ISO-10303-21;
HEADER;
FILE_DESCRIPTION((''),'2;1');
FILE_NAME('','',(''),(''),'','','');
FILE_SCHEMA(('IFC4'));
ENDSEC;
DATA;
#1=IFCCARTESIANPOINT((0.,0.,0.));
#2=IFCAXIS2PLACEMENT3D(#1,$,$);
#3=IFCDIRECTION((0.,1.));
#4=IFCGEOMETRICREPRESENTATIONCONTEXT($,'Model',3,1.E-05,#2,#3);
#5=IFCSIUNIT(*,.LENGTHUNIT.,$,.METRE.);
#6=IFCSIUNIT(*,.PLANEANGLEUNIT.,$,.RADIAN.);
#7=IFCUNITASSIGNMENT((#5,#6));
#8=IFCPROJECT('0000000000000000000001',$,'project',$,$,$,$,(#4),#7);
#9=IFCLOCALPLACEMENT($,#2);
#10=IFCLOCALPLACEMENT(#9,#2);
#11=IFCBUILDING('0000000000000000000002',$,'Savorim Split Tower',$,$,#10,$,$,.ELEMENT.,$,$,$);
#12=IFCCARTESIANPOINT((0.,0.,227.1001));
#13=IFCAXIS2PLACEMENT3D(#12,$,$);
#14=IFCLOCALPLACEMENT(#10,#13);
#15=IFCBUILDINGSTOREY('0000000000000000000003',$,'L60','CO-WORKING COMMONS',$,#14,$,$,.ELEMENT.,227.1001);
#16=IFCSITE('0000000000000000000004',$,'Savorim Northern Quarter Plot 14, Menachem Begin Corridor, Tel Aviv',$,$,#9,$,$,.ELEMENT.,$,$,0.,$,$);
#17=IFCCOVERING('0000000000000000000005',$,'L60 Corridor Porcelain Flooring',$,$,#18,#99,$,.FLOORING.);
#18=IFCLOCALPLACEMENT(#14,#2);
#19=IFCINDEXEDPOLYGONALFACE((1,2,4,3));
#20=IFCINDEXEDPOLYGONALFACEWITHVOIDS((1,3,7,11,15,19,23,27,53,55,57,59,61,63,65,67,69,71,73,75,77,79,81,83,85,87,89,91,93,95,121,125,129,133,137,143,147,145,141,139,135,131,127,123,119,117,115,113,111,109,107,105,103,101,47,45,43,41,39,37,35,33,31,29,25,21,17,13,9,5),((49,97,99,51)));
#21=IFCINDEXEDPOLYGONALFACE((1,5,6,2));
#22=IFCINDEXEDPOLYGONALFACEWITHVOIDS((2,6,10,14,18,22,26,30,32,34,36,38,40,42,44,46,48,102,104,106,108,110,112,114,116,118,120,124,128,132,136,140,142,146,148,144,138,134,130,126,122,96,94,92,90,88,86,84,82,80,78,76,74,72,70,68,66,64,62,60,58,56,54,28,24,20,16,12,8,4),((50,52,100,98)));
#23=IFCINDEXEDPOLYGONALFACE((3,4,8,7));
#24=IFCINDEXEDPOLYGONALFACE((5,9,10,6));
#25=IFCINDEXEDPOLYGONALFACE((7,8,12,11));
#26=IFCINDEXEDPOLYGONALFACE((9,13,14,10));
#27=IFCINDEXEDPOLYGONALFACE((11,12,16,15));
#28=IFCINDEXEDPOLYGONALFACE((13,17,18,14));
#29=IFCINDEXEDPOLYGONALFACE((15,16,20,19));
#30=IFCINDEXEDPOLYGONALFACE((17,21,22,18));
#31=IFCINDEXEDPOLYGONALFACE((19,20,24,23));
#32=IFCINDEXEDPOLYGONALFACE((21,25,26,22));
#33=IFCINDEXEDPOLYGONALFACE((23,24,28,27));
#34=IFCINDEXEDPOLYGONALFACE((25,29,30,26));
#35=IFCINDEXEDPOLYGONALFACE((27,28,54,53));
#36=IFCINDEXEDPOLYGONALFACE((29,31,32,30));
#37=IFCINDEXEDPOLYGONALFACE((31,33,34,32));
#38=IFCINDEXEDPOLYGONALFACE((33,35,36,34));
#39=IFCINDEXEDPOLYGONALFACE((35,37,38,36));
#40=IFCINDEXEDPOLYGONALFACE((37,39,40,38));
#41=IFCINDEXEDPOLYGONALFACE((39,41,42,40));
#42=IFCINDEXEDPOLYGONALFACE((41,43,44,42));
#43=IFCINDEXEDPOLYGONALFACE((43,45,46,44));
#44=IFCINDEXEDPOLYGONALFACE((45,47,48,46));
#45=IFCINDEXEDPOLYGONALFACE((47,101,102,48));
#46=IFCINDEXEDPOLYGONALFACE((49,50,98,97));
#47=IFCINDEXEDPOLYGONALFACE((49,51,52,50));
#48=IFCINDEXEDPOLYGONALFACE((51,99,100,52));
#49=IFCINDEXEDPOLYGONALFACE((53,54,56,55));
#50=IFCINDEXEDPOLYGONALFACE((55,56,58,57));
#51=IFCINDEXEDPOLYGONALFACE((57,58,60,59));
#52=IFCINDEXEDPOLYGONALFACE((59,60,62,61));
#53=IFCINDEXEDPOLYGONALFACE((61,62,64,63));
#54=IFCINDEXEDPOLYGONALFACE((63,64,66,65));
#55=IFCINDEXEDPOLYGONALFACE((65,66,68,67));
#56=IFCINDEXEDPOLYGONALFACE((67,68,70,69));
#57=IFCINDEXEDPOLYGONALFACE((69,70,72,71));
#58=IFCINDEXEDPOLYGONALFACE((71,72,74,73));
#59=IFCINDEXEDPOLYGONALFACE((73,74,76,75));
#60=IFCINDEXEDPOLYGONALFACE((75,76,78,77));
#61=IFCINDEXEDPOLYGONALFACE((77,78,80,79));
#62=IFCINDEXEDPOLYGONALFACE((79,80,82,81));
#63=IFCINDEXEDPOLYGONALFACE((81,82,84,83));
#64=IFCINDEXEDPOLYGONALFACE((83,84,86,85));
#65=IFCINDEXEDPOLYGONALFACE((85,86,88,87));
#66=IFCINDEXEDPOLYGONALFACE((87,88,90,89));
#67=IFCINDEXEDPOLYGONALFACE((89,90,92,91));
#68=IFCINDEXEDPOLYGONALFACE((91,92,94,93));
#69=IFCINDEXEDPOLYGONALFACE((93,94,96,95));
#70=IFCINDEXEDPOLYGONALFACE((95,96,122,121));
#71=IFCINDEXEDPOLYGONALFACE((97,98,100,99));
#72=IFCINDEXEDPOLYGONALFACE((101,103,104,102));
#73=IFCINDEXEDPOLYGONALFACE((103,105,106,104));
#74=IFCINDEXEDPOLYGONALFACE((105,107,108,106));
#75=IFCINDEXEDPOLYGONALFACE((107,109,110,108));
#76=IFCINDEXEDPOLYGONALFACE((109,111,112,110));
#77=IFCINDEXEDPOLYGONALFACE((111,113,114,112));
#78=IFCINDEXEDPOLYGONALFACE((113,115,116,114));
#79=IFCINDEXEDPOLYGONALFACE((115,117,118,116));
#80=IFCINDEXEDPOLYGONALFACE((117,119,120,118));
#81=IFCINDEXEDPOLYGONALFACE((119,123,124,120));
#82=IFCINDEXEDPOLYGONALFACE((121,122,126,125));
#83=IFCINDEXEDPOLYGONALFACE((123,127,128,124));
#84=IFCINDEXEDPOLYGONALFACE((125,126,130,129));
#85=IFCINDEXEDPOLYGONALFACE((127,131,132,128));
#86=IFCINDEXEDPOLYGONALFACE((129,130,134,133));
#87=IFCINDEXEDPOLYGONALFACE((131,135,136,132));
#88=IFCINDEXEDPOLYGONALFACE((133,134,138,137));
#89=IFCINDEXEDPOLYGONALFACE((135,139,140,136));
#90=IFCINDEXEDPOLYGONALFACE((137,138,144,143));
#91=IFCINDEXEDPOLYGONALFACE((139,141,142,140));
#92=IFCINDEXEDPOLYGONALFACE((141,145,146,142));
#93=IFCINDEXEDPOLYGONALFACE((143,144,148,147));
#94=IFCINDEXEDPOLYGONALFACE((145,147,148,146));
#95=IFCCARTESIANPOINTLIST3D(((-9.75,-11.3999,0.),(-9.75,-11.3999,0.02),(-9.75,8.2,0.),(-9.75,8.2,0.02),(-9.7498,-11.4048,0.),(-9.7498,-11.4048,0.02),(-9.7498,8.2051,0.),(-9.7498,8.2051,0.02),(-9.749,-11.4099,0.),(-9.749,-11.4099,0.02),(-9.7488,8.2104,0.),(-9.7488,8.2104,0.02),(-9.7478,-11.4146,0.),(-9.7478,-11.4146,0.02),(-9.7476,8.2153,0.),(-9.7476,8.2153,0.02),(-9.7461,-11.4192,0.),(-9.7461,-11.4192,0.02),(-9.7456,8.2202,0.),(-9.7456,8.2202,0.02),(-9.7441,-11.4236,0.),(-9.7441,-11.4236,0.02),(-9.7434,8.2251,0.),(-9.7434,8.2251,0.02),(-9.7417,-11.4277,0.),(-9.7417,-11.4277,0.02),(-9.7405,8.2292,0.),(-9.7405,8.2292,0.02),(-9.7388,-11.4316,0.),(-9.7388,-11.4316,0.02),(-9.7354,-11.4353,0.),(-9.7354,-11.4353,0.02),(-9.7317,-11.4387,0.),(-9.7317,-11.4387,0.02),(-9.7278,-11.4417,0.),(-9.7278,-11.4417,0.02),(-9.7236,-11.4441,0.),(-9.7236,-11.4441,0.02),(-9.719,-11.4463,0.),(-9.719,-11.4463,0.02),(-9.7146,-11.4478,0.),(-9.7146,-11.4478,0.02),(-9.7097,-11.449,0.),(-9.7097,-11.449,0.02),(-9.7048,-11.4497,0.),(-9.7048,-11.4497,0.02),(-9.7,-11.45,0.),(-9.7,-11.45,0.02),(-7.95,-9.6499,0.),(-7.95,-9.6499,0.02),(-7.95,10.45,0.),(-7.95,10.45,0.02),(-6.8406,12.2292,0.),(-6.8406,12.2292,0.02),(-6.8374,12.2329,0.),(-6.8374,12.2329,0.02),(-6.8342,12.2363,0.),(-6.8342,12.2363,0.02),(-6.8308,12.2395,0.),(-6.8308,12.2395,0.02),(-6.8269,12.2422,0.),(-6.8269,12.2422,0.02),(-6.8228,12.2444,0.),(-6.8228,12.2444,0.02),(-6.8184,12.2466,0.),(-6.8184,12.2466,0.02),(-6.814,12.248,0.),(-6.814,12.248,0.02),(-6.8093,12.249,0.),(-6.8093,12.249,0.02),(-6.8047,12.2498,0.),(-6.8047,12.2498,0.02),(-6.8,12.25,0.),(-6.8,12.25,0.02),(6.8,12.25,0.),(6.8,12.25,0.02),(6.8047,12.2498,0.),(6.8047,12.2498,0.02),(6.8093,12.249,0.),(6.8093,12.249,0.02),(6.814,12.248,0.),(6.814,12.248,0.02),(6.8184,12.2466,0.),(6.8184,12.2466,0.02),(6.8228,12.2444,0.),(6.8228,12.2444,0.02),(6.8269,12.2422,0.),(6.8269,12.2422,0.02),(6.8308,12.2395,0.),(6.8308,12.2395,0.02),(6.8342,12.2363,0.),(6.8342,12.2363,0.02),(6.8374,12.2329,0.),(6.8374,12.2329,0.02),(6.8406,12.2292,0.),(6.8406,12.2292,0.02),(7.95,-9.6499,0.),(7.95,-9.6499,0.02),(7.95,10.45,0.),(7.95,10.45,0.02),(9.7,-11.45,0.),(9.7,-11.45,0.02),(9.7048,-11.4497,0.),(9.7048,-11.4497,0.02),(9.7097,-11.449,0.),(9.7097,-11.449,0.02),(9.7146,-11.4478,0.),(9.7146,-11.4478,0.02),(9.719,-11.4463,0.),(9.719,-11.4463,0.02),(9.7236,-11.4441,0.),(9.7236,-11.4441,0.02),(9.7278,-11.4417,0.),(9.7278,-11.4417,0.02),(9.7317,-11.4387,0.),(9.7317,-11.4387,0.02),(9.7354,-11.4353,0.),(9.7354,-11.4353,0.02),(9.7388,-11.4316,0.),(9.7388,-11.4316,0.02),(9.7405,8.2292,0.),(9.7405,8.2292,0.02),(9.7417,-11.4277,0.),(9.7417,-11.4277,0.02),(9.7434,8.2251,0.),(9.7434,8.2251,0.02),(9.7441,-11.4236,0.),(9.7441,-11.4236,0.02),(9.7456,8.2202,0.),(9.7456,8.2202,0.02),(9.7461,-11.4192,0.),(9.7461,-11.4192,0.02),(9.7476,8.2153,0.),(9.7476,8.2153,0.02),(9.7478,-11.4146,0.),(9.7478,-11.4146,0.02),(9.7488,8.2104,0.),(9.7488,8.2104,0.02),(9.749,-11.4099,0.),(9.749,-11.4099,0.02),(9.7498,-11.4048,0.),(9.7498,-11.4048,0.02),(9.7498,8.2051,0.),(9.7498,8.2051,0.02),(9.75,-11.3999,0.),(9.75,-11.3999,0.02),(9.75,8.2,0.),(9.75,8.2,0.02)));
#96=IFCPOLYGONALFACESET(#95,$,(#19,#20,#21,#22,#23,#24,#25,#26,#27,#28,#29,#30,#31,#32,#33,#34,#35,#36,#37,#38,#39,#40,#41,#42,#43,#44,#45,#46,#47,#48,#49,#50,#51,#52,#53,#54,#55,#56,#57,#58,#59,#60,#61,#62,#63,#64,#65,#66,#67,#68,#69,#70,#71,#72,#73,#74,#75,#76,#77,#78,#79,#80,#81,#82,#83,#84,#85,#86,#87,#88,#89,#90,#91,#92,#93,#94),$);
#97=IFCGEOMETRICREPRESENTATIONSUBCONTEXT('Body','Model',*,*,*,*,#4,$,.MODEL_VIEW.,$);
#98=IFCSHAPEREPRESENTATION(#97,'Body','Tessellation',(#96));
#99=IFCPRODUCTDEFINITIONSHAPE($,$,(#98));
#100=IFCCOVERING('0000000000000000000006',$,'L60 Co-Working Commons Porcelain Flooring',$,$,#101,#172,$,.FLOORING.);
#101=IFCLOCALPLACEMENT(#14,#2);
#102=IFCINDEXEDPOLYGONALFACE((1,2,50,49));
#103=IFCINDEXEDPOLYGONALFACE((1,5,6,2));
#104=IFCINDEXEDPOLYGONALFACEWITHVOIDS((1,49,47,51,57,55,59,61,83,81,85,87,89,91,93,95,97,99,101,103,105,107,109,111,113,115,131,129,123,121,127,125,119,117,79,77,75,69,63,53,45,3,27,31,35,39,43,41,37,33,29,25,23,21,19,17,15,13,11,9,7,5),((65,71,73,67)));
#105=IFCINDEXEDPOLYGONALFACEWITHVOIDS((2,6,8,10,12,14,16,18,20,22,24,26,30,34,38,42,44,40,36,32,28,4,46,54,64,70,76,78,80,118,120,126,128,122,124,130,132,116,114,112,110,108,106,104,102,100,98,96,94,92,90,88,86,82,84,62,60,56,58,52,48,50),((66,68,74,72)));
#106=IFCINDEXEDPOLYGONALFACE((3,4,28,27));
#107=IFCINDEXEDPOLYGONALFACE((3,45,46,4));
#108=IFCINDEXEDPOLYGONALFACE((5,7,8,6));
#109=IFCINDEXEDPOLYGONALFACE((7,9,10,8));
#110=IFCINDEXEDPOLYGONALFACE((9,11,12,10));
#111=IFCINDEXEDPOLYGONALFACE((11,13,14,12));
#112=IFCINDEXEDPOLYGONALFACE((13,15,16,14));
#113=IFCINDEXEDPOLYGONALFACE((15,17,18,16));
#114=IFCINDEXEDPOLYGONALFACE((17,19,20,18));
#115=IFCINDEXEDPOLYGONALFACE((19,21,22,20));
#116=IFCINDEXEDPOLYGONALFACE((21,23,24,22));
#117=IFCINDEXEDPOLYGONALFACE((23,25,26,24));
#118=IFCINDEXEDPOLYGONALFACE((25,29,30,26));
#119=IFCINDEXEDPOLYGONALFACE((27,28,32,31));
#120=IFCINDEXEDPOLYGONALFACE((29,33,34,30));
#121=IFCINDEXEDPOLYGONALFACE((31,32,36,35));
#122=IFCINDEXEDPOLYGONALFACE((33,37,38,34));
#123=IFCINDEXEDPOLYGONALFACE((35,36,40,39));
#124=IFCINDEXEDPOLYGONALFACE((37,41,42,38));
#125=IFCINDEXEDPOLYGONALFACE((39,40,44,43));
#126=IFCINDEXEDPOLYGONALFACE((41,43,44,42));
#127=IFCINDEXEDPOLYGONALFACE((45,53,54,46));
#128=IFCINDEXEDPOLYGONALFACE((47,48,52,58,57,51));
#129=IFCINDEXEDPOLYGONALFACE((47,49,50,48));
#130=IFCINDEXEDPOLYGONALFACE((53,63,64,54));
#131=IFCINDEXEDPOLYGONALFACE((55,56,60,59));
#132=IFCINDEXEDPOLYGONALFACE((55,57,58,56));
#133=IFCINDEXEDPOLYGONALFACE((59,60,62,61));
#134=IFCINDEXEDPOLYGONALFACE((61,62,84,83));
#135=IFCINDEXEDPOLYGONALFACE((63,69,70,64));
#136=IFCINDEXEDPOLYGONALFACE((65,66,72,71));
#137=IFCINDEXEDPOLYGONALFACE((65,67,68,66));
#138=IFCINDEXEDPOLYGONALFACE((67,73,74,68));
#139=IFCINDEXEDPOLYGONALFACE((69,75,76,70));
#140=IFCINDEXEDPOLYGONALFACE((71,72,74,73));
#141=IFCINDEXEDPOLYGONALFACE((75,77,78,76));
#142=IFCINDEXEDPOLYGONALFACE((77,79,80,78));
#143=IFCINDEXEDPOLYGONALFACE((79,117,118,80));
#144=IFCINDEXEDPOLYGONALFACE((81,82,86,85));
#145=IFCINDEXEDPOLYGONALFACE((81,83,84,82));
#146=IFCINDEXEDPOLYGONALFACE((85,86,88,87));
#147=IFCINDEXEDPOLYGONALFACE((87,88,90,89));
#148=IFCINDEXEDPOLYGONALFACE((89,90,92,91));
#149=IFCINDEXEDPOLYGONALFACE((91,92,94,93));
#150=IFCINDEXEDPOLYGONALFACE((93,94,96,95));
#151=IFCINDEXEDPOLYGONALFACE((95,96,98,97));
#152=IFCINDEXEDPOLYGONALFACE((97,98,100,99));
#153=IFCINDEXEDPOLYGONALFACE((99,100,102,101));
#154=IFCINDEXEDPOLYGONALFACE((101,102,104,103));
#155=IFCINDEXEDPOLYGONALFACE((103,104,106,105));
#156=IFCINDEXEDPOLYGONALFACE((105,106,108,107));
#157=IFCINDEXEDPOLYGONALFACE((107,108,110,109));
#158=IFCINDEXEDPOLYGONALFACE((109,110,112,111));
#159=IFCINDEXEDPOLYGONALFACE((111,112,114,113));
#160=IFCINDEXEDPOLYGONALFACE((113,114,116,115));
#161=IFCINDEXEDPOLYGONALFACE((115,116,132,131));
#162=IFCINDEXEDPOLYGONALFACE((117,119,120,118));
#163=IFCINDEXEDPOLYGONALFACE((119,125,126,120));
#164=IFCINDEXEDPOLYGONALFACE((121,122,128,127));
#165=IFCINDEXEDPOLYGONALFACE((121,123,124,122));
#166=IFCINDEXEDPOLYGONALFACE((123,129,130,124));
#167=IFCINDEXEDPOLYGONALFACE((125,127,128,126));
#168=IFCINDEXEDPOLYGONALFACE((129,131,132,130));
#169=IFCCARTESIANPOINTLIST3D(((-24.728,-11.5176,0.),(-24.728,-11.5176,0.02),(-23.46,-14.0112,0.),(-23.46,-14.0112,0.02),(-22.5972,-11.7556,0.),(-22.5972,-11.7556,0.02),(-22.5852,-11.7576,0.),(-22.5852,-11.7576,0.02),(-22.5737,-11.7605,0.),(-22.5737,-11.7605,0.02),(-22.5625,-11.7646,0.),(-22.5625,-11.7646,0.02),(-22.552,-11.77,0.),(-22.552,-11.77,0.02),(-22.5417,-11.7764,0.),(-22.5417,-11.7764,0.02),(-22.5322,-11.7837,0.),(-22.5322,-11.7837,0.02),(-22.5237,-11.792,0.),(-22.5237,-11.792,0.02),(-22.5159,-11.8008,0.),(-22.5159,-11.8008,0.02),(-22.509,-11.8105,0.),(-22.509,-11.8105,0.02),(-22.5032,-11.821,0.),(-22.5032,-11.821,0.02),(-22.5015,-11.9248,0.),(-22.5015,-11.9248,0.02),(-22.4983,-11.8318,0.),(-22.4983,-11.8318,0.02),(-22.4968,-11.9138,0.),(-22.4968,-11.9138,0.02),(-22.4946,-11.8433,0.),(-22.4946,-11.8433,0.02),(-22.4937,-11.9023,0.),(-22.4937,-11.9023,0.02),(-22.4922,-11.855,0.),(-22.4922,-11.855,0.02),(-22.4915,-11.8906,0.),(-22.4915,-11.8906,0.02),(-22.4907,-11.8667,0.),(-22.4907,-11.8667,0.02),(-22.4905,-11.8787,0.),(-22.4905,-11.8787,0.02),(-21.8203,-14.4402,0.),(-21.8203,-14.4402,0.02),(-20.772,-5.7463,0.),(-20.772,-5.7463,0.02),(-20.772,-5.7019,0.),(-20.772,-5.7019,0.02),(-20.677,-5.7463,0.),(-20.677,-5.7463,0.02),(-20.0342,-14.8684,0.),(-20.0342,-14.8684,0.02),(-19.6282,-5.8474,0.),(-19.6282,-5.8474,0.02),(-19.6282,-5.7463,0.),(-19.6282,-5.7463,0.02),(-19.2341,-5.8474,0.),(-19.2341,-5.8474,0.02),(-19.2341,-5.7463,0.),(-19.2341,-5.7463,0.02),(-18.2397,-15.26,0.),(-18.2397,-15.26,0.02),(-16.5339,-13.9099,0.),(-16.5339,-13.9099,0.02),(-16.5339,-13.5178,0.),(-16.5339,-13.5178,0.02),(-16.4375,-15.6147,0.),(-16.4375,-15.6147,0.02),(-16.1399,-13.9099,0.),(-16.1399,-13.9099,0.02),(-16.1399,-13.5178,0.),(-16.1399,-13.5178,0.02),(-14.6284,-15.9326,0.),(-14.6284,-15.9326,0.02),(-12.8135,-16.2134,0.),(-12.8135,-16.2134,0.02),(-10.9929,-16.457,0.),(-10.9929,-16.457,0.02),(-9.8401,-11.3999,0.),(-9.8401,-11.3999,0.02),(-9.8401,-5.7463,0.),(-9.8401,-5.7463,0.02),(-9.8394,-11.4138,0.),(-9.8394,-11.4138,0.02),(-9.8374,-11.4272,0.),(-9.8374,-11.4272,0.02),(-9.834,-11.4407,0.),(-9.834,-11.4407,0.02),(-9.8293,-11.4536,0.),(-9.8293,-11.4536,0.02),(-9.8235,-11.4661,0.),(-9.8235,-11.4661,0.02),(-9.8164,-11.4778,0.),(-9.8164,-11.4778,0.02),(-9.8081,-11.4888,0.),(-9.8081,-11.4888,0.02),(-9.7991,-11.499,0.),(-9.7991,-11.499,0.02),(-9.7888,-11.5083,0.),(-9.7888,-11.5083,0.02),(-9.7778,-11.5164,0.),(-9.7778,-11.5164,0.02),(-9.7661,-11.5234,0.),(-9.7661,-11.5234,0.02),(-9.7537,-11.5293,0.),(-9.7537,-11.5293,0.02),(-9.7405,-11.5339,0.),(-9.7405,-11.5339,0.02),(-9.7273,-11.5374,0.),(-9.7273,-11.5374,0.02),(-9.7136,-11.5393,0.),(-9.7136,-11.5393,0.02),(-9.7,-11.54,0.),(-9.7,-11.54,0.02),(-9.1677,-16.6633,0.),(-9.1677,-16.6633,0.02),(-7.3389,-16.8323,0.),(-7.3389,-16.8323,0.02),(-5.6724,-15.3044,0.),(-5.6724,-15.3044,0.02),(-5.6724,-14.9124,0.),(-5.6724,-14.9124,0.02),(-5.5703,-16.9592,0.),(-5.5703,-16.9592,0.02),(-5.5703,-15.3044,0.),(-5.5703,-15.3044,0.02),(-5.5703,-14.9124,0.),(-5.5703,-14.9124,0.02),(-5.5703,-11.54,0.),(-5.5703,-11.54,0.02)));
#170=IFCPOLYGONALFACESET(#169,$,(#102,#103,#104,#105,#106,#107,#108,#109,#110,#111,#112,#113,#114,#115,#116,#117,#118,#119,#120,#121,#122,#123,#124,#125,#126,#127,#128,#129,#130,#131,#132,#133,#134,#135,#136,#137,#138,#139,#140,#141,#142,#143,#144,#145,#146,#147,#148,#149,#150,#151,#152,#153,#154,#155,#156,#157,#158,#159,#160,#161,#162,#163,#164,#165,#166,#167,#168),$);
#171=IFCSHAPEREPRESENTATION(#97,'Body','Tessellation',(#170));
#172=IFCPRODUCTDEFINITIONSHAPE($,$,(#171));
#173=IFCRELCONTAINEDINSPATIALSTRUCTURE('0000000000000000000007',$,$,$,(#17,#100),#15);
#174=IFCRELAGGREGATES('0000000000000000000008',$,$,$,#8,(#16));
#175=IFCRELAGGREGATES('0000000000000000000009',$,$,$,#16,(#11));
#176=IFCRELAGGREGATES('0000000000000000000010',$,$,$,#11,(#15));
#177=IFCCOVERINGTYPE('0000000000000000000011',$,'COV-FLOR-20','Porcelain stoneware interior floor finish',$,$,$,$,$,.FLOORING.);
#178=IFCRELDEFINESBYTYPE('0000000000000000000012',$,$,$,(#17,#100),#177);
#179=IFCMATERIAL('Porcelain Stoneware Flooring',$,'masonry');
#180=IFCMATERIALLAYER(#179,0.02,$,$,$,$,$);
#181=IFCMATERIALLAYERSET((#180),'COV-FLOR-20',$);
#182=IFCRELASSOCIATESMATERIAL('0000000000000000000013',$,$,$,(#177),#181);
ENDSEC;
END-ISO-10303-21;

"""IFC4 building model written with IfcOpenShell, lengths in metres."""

from ifc_helpers import new_model, si_unit, direction, frame, origin, place, context, subcontext, project, spatial, polyline, outline, extrude, material, layer, layer_set, type_object, element, save


model = new_model("IFC4")

# Units and contexts
model_context = context("Model", 3, precision=1e-05, world=origin(), true_north=direction((0.0, 1.0)))
body_context = subcontext(model_context, "Body", "Model", "MODEL_VIEW")
ifc_project = project(units=[si_unit("LENGTHUNIT", "METRE"), si_unit("PLANEANGLEUNIT", "RADIAN")], contexts=[model_context])

# Site, building, storey
site_placement = place(None, origin())
site = spatial("IfcSite", under=ifc_project, at=site_placement, Name="Savorim Northern Quarter Plot 14, Menachem Begin Corridor, Tel Aviv", CompositionType="ELEMENT", RefElevation=0.0)
building_placement = place(site_placement, origin())
building = spatial("IfcBuilding", under=site, at=building_placement, Name="Savorim Split Tower", CompositionType="ELEMENT")
storey_placement = place(building_placement, frame((0.0, 0.0, 227.1001)))
storey = spatial("IfcBuildingStorey", under=building, at=storey_placement, Name="L60", Description="CO-WORKING COMMONS", CompositionType="ELEMENT", Elevation=227.1001)

# Coverings
ifc_material_1 = material(Name="Porcelain Stoneware Flooring", Category="masonry")
ifc_layer_1 = layer(ifc_material_1, 0.02)
ifc_layer_set_1 = layer_set([ifc_layer_1], Name="COV-FLOR-20")
covering_type_1 = type_object("IfcCoveringType", Name="COV-FLOR-20", Description="Porcelain stoneware interior floor finish", PredefinedType="FLOORING", material=ifc_layer_set_1)
covering_1_placement = place(storey_placement, origin())
element("IfcCovering", 1, at=covering_1_placement, inside=storey, type_object=covering_type_1, Name="L60 Corridor Porcelain Flooring", PredefinedType="FLOORING", context=body_context, shape_type="SweptSolid", body=[
    extrude(outline(polyline([(6.8093, 12.249), (6.8047, 12.2498), (6.8, 12.25), (-6.8, 12.25), (-6.8047, 12.2498), (-6.8093, 12.249), (-6.814, 12.248), (-6.8184, 12.2466), (-6.8228, 12.2444), (-6.8269, 12.2422), (-6.8308, 12.2395), (-6.8342, 12.2363), (-6.8374, 12.2329), (-6.8406, 12.2292), (-9.7405, 8.2292), (-9.7434, 8.2251), (-9.7456, 8.2202), (-9.7476, 8.2153), (-9.7488, 8.2104), (-9.7498, 8.2051), (-9.75, 8.2), (-9.75, -11.3999), (-9.7498, -11.4048), (-9.749, -11.4099), (-9.7478, -11.4146), (-9.7461, -11.4192), (-9.7441, -11.4236), (-9.7417, -11.4277), (-9.7388, -11.4316), (-9.7354, -11.4353), (-9.7317, -11.4387), (-9.7278, -11.4417), (-9.7236, -11.4441), (-9.719, -11.4463), (-9.7146, -11.4478), (-9.7097, -11.449), (-9.7048, -11.4497), (-9.7, -11.45), (9.7, -11.45), (9.7048, -11.4497), (9.7097, -11.449), (9.7146, -11.4478), (9.719, -11.4463), (9.7236, -11.4441), (9.7278, -11.4417), (9.7317, -11.4387), (9.7354, -11.4353), (9.7388, -11.4316), (9.7417, -11.4277), (9.7441, -11.4236), (9.7461, -11.4192), (9.7478, -11.4146), (9.749, -11.4099), (9.7498, -11.4048), (9.75, -11.3999), (9.75, 8.2), (9.7498, 8.2051), (9.7488, 8.2104), (9.7476, 8.2153), (9.7456, 8.2202), (9.7434, 8.2251), (9.7405, 8.2292), (6.8406, 12.2292), (6.8374, 12.2329), (6.8342, 12.2363), (6.8308, 12.2395), (6.8269, 12.2422), (6.8228, 12.2444), (6.8184, 12.2466), (6.814, 12.248), (6.8093, 12.249)]), holes=[polyline([(-7.95, 10.45), (-7.95, -9.6499), (7.95, -9.6499), (7.95, 10.45), (-7.95, 10.45)])]), origin(), (0.0, 0.0, 1.0), 0.02),
])
covering_2_placement = place(storey_placement, origin())
element("IfcCovering", 2, at=covering_2_placement, inside=storey, type_object=covering_type_1, Name="L60 Co-Working Commons Porcelain Flooring", PredefinedType="FLOORING", context=body_context, shape_type="SweptSolid", body=[
    extrude(outline(polyline([(-22.4907, -11.8667), (-22.4905, -11.8787), (-22.4915, -11.8906), (-22.4937, -11.9023), (-22.4968, -11.9138), (-22.5015, -11.9248), (-23.46, -14.0112), (-21.8203, -14.4402), (-20.0342, -14.8684), (-18.2397, -15.26), (-16.4375, -15.6147), (-14.6284, -15.9326), (-12.8135, -16.2134), (-10.9929, -16.457), (-9.1677, -16.6633), (-7.3389, -16.8323), (-5.5703, -16.9592), (-5.5703, -15.3044), (-5.6724, -15.3044), (-5.6724, -14.9124), (-5.5703, -14.9124), (-5.5703, -11.54), (-9.7, -11.54), (-9.7136, -11.5393), (-9.7273, -11.5374), (-9.7405, -11.5339), (-9.7537, -11.5293), (-9.7661, -11.5234), (-9.7778, -11.5164), (-9.7888, -11.5083), (-9.7991, -11.499), (-9.8081, -11.4888), (-9.8164, -11.4778), (-9.8235, -11.4661), (-9.8293, -11.4536), (-9.834, -11.4407), (-9.8374, -11.4272), (-9.8394, -11.4138), (-9.8401, -11.3999), (-9.8401, -5.7463), (-19.2341, -5.7463), (-19.2341, -5.8474), (-19.6282, -5.8474), (-19.6282, -5.7463), (-20.677, -5.7463), (-20.772, -5.7463), (-20.772, -5.7019), (-24.728, -11.5176), (-22.5972, -11.7556), (-22.5852, -11.7576), (-22.5737, -11.7605), (-22.5625, -11.7646), (-22.552, -11.77), (-22.5417, -11.7764), (-22.5322, -11.7837), (-22.5237, -11.792), (-22.5159, -11.8008), (-22.509, -11.8105), (-22.5032, -11.821), (-22.4983, -11.8318), (-22.4946, -11.8433), (-22.4922, -11.855), (-22.4907, -11.8667)]), holes=[polyline([(-16.5339, -13.9099), (-16.1399, -13.9099), (-16.1399, -13.5178), (-16.5339, -13.5178), (-16.5339, -13.9099)])]), origin(), (0.0, 0.0, 1.0), 0.02),
])

save(model, "model.ifc")
